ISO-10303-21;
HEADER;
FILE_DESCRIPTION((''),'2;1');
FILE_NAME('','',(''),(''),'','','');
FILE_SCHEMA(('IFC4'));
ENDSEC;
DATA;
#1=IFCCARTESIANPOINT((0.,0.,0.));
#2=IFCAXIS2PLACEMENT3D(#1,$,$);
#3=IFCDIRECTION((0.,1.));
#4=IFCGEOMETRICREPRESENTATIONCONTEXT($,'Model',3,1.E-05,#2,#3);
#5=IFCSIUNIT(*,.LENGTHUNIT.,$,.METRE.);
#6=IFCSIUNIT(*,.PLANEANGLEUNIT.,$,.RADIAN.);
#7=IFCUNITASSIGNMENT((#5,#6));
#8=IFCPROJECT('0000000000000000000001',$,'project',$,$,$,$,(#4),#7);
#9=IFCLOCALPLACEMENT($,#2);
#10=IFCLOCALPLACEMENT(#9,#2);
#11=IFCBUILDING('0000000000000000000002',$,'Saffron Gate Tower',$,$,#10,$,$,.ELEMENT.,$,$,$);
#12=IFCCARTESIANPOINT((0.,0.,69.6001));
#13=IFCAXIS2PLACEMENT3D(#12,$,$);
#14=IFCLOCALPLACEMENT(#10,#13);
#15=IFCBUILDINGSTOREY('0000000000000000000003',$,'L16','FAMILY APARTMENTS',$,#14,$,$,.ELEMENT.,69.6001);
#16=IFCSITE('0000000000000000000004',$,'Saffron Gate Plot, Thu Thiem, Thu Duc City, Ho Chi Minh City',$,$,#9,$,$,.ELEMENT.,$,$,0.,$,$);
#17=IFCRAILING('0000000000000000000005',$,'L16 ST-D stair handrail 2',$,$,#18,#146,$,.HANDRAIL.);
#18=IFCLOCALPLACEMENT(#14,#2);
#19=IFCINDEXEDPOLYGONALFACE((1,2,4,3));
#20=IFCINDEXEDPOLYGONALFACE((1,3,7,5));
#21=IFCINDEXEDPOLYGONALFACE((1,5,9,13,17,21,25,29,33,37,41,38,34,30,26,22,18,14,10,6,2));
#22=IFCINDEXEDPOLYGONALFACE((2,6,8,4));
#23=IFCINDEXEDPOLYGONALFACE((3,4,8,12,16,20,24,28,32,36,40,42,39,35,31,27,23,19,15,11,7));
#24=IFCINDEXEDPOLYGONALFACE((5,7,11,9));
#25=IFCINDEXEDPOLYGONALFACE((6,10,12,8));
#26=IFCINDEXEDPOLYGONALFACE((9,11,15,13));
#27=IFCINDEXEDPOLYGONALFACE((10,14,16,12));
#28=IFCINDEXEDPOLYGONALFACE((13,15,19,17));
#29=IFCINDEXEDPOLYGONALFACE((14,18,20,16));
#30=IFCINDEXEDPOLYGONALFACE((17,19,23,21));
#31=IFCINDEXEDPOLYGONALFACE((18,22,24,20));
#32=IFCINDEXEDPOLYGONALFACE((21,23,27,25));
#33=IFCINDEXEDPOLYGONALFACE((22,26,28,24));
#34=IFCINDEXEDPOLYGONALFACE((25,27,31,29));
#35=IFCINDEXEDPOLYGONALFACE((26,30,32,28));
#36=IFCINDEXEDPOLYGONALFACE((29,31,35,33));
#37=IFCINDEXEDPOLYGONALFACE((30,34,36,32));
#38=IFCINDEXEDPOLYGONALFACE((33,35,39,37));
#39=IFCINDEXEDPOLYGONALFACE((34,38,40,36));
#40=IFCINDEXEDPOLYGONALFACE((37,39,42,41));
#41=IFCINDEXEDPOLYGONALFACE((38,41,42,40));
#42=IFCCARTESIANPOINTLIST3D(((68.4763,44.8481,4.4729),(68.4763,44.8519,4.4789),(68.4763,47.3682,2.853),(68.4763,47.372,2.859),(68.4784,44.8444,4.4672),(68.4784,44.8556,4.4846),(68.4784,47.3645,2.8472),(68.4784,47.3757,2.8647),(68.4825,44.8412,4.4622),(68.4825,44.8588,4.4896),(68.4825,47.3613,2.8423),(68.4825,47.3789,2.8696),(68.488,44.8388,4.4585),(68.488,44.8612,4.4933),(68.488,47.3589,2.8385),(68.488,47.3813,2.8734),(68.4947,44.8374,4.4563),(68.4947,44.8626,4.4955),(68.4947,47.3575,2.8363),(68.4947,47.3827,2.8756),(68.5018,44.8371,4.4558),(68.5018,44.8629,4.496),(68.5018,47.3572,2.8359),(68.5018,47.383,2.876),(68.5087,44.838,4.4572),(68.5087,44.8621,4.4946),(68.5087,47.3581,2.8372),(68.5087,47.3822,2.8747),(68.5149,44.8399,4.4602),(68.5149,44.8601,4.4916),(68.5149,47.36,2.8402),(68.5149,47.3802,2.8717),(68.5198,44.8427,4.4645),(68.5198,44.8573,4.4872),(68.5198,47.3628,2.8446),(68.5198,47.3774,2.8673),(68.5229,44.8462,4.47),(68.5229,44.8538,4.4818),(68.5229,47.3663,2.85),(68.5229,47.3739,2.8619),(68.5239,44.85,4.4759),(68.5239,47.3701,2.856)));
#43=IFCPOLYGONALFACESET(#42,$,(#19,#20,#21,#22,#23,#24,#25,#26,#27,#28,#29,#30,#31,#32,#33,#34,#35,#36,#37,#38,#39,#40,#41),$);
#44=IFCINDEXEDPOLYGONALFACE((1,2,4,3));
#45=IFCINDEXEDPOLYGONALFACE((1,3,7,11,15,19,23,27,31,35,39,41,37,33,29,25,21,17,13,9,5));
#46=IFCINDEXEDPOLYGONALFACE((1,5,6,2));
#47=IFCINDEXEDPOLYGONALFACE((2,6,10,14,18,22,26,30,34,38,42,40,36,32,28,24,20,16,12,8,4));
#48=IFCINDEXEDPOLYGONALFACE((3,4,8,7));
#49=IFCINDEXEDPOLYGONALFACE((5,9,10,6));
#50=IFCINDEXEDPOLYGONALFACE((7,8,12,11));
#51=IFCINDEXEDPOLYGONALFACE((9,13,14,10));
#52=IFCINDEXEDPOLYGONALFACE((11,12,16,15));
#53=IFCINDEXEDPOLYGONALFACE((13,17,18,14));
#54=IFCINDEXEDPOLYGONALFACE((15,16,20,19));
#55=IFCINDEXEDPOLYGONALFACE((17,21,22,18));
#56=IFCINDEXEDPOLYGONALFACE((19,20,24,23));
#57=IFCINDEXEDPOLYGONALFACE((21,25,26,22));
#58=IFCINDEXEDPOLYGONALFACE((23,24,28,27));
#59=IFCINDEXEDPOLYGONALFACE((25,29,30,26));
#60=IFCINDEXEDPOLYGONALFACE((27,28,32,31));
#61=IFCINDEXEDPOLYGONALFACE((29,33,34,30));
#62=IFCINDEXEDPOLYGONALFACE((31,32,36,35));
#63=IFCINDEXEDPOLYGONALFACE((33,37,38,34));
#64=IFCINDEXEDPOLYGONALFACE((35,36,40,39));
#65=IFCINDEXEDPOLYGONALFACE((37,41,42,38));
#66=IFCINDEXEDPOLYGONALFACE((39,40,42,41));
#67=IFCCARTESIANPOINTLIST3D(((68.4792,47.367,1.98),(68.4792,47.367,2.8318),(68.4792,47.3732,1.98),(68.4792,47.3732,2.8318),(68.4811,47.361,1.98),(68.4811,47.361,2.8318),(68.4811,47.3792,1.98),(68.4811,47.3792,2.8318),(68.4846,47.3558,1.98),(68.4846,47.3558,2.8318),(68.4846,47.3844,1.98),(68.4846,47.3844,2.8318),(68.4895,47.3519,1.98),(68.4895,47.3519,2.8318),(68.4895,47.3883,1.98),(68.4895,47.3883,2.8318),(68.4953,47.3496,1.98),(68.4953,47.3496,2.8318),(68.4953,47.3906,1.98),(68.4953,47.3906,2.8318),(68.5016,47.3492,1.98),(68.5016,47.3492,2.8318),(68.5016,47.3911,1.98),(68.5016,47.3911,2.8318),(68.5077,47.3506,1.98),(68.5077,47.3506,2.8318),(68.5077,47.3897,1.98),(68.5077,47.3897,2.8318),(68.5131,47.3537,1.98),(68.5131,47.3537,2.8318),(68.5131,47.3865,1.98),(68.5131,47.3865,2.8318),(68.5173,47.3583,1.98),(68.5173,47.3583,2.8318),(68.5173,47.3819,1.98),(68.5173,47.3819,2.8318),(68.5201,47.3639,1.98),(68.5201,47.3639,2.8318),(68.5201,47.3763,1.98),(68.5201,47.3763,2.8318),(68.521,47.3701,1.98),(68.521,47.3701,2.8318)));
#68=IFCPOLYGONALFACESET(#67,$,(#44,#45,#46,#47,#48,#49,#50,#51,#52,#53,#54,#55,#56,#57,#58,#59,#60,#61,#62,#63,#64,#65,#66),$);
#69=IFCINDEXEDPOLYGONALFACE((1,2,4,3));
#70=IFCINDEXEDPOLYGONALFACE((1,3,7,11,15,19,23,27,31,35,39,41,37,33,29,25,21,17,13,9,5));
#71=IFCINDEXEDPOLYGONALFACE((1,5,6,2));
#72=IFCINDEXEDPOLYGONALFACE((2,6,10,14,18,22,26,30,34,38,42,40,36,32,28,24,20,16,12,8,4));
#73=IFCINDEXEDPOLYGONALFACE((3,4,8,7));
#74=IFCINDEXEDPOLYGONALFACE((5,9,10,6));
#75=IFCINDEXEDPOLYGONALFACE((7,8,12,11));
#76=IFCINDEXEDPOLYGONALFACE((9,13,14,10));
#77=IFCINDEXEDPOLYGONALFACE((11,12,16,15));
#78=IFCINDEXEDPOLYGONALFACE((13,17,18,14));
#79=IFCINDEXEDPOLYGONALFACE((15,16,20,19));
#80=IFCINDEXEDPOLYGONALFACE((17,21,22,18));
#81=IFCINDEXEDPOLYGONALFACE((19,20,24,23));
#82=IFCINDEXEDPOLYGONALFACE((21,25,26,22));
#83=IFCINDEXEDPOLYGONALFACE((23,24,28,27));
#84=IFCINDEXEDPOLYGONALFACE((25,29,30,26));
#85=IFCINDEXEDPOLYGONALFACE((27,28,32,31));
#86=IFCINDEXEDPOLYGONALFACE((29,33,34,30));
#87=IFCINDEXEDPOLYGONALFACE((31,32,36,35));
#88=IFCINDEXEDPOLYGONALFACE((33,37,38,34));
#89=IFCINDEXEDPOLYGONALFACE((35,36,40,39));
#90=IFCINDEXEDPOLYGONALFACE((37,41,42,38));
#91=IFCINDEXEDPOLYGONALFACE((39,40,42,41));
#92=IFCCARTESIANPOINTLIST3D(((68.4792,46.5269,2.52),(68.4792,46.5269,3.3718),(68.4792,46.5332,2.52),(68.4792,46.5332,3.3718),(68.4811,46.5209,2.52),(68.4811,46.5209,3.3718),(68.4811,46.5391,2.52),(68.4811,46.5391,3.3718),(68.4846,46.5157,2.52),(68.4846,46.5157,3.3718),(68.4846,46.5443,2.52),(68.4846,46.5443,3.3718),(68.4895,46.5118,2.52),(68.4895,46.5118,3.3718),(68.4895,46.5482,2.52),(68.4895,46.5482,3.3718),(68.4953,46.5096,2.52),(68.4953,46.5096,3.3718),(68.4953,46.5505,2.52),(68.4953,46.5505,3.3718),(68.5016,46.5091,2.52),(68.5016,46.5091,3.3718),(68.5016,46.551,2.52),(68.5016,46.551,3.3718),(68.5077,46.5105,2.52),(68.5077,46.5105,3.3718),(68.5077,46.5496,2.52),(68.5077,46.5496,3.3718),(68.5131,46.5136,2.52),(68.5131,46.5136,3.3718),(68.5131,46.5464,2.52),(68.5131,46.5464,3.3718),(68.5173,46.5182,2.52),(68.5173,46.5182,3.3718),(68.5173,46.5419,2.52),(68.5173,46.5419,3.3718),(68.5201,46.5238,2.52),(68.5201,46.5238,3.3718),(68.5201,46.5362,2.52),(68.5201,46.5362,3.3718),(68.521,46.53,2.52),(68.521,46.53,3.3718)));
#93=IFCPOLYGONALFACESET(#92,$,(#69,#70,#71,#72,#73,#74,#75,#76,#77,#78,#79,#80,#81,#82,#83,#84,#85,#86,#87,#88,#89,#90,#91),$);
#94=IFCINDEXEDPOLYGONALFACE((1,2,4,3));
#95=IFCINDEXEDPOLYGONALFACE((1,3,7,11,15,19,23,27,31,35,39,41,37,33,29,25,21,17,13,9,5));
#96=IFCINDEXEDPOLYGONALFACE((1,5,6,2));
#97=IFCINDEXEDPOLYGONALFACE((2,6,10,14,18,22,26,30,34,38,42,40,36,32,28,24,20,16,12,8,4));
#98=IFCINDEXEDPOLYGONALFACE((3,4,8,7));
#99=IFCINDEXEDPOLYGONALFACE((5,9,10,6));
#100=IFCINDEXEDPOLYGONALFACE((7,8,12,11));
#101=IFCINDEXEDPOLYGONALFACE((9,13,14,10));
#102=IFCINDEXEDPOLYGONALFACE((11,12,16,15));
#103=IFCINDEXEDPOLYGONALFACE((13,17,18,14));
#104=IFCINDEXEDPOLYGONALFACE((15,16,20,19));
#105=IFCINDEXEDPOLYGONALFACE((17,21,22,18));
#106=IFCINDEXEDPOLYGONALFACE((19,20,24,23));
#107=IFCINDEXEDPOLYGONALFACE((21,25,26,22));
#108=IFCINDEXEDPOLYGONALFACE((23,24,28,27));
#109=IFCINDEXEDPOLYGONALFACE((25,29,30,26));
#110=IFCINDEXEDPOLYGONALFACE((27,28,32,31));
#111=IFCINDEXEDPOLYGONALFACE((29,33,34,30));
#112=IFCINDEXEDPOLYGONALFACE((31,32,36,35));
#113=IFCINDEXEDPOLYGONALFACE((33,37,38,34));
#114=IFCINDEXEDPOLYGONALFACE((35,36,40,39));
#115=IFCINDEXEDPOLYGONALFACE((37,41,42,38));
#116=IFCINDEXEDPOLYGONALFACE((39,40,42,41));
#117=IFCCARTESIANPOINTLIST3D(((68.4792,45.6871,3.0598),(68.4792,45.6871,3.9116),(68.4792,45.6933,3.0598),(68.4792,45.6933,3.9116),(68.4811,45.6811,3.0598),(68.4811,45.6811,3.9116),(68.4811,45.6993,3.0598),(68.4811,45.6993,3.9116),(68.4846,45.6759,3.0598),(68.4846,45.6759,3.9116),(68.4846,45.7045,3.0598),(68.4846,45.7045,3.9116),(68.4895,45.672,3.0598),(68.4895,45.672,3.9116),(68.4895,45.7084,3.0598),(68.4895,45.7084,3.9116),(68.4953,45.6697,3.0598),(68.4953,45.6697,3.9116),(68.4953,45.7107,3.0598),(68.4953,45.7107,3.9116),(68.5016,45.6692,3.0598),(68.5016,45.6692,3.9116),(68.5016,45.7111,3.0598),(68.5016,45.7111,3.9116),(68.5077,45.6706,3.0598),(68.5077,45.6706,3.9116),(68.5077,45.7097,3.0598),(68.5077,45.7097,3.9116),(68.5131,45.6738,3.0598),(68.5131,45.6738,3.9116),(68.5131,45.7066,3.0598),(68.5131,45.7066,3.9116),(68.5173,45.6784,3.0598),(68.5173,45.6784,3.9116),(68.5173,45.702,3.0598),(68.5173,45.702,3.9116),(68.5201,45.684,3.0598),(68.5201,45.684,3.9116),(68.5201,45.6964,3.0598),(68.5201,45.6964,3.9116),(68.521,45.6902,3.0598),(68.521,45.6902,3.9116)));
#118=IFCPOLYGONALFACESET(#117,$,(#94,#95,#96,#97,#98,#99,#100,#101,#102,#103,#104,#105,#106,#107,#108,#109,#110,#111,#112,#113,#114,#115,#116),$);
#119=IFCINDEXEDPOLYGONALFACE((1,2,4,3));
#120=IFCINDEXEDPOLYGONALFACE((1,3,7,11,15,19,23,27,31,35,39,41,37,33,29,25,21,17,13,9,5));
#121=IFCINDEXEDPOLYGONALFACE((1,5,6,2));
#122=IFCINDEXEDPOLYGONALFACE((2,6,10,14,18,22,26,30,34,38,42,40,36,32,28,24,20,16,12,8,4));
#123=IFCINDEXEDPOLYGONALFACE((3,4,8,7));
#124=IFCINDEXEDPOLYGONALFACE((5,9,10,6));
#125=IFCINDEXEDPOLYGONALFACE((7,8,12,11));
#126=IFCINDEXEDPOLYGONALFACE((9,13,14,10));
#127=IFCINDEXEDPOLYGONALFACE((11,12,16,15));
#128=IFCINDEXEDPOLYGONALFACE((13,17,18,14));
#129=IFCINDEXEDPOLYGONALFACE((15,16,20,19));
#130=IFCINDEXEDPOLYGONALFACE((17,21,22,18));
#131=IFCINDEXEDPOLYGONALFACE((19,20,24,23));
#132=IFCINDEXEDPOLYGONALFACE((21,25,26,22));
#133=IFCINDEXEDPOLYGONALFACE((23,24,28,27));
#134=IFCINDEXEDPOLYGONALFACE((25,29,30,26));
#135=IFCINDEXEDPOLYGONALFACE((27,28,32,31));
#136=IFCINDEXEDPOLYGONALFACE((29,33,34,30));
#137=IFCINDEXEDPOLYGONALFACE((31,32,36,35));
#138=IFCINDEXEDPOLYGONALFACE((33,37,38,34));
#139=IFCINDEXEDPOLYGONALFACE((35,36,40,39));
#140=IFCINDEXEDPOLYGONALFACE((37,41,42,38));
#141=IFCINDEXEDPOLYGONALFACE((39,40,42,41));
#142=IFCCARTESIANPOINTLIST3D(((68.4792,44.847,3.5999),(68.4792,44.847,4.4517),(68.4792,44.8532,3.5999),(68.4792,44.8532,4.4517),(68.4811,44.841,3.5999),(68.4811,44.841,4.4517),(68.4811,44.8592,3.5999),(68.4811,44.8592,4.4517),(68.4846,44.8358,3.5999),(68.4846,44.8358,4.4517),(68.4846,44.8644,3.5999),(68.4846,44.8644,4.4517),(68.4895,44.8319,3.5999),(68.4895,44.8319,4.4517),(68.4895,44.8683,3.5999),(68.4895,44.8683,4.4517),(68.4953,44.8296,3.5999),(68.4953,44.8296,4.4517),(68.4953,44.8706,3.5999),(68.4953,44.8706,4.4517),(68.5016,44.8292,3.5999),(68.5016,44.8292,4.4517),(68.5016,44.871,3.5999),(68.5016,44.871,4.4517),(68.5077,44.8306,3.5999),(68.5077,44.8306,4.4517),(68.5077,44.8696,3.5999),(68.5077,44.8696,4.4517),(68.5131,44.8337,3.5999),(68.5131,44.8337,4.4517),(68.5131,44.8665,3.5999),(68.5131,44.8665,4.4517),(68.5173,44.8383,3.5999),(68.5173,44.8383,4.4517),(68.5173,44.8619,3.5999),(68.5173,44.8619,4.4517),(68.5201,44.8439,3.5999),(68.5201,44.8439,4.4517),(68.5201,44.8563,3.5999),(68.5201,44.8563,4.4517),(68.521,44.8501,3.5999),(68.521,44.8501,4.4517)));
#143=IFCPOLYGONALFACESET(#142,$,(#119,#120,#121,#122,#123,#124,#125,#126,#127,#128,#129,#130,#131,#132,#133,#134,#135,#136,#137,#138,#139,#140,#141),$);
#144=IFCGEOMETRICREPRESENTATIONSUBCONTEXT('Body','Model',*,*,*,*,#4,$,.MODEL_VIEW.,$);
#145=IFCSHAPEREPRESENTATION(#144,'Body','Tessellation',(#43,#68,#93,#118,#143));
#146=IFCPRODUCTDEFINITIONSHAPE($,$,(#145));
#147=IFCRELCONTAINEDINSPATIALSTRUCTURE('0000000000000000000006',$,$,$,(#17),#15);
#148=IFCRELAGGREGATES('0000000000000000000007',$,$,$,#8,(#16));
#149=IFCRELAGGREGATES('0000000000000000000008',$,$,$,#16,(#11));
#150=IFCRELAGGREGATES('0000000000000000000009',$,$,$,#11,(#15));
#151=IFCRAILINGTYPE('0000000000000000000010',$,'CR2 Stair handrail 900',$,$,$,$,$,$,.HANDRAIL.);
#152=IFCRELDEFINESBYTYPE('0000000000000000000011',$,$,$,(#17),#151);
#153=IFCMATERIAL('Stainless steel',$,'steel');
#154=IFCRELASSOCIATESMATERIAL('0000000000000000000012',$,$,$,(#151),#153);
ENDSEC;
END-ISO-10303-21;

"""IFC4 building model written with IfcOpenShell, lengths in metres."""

from ifc_helpers import new_model, si_unit, direction, frame, origin, origin_2d, place, context, subcontext, project, spatial, circle, extrude, material, type_object, element, save


model = new_model("IFC4")

# Units and contexts
model_context = context("Model", 3, precision=1e-05, world=origin(), true_north=direction((0.0, 1.0)))
body_context = subcontext(model_context, "Body", "Model", "MODEL_VIEW")
ifc_project = project(units=[si_unit("LENGTHUNIT", "METRE"), si_unit("PLANEANGLEUNIT", "RADIAN")], contexts=[model_context])

# Site, building, storey
site_placement = place(None, origin())
site = spatial("IfcSite", under=ifc_project, at=site_placement, Name="Saffron Gate Plot, Thu Thiem, Thu Duc City, Ho Chi Minh City", CompositionType="ELEMENT", RefElevation=0.0)
building_placement = place(site_placement, origin())
building = spatial("IfcBuilding", under=site, at=building_placement, Name="Saffron Gate Tower", CompositionType="ELEMENT")
storey_placement = place(building_placement, frame((0.0, 0.0, 69.6001)))
storey = spatial("IfcBuildingStorey", under=building, at=storey_placement, Name="L16", Description="FAMILY APARTMENTS", CompositionType="ELEMENT", Elevation=69.6001)

# Railing
ifc_material_1 = material(Name="Stainless steel", Category="steel")
railing_type_1 = type_object("IfcRailingType", Name="CR2 Stair handrail 900", PredefinedType="HANDRAIL", material=ifc_material_1)
railing_1_placement = place(storey_placement, frame((68.5, 47.3701, 1.98)))
element("IfcRailing", 1, at=railing_1_placement, inside=storey, type_object=railing_type_1, Name="L16 ST-D stair handrail 2", PredefinedType="HANDRAIL", context=body_context, shape_type="SweptSolid", body=[
    extrude(circle(Radius=0.0239, at=origin_2d()), frame((0.0, 0.0, 0.876), z_axis=(0.0, -0.8412, 0.540725), x_axis=(1.0, 0.0, 0.0)), (0.0, 0.0, 1.0), 2.9958),
    extrude(circle(Radius=0.021, at=origin_2d()), origin(), (0.0, 0.0, 1.0), 0.8518),
    extrude(circle(Radius=0.021, at=origin_2d()), frame((0.0, -0.8401, 0.54)), (0.0, 0.0, 1.0), 0.8518),
    extrude(circle(Radius=0.021, at=origin_2d()), frame((0.0, -1.6799, 1.0798)), (0.0, 0.0, 1.0), 0.8518),
    extrude(circle(Radius=0.021, at=origin_2d()), frame((0.0, -2.52, 1.6199)), (0.0, 0.0, 1.0), 0.8518),
])

save(model, "model.ifc")
